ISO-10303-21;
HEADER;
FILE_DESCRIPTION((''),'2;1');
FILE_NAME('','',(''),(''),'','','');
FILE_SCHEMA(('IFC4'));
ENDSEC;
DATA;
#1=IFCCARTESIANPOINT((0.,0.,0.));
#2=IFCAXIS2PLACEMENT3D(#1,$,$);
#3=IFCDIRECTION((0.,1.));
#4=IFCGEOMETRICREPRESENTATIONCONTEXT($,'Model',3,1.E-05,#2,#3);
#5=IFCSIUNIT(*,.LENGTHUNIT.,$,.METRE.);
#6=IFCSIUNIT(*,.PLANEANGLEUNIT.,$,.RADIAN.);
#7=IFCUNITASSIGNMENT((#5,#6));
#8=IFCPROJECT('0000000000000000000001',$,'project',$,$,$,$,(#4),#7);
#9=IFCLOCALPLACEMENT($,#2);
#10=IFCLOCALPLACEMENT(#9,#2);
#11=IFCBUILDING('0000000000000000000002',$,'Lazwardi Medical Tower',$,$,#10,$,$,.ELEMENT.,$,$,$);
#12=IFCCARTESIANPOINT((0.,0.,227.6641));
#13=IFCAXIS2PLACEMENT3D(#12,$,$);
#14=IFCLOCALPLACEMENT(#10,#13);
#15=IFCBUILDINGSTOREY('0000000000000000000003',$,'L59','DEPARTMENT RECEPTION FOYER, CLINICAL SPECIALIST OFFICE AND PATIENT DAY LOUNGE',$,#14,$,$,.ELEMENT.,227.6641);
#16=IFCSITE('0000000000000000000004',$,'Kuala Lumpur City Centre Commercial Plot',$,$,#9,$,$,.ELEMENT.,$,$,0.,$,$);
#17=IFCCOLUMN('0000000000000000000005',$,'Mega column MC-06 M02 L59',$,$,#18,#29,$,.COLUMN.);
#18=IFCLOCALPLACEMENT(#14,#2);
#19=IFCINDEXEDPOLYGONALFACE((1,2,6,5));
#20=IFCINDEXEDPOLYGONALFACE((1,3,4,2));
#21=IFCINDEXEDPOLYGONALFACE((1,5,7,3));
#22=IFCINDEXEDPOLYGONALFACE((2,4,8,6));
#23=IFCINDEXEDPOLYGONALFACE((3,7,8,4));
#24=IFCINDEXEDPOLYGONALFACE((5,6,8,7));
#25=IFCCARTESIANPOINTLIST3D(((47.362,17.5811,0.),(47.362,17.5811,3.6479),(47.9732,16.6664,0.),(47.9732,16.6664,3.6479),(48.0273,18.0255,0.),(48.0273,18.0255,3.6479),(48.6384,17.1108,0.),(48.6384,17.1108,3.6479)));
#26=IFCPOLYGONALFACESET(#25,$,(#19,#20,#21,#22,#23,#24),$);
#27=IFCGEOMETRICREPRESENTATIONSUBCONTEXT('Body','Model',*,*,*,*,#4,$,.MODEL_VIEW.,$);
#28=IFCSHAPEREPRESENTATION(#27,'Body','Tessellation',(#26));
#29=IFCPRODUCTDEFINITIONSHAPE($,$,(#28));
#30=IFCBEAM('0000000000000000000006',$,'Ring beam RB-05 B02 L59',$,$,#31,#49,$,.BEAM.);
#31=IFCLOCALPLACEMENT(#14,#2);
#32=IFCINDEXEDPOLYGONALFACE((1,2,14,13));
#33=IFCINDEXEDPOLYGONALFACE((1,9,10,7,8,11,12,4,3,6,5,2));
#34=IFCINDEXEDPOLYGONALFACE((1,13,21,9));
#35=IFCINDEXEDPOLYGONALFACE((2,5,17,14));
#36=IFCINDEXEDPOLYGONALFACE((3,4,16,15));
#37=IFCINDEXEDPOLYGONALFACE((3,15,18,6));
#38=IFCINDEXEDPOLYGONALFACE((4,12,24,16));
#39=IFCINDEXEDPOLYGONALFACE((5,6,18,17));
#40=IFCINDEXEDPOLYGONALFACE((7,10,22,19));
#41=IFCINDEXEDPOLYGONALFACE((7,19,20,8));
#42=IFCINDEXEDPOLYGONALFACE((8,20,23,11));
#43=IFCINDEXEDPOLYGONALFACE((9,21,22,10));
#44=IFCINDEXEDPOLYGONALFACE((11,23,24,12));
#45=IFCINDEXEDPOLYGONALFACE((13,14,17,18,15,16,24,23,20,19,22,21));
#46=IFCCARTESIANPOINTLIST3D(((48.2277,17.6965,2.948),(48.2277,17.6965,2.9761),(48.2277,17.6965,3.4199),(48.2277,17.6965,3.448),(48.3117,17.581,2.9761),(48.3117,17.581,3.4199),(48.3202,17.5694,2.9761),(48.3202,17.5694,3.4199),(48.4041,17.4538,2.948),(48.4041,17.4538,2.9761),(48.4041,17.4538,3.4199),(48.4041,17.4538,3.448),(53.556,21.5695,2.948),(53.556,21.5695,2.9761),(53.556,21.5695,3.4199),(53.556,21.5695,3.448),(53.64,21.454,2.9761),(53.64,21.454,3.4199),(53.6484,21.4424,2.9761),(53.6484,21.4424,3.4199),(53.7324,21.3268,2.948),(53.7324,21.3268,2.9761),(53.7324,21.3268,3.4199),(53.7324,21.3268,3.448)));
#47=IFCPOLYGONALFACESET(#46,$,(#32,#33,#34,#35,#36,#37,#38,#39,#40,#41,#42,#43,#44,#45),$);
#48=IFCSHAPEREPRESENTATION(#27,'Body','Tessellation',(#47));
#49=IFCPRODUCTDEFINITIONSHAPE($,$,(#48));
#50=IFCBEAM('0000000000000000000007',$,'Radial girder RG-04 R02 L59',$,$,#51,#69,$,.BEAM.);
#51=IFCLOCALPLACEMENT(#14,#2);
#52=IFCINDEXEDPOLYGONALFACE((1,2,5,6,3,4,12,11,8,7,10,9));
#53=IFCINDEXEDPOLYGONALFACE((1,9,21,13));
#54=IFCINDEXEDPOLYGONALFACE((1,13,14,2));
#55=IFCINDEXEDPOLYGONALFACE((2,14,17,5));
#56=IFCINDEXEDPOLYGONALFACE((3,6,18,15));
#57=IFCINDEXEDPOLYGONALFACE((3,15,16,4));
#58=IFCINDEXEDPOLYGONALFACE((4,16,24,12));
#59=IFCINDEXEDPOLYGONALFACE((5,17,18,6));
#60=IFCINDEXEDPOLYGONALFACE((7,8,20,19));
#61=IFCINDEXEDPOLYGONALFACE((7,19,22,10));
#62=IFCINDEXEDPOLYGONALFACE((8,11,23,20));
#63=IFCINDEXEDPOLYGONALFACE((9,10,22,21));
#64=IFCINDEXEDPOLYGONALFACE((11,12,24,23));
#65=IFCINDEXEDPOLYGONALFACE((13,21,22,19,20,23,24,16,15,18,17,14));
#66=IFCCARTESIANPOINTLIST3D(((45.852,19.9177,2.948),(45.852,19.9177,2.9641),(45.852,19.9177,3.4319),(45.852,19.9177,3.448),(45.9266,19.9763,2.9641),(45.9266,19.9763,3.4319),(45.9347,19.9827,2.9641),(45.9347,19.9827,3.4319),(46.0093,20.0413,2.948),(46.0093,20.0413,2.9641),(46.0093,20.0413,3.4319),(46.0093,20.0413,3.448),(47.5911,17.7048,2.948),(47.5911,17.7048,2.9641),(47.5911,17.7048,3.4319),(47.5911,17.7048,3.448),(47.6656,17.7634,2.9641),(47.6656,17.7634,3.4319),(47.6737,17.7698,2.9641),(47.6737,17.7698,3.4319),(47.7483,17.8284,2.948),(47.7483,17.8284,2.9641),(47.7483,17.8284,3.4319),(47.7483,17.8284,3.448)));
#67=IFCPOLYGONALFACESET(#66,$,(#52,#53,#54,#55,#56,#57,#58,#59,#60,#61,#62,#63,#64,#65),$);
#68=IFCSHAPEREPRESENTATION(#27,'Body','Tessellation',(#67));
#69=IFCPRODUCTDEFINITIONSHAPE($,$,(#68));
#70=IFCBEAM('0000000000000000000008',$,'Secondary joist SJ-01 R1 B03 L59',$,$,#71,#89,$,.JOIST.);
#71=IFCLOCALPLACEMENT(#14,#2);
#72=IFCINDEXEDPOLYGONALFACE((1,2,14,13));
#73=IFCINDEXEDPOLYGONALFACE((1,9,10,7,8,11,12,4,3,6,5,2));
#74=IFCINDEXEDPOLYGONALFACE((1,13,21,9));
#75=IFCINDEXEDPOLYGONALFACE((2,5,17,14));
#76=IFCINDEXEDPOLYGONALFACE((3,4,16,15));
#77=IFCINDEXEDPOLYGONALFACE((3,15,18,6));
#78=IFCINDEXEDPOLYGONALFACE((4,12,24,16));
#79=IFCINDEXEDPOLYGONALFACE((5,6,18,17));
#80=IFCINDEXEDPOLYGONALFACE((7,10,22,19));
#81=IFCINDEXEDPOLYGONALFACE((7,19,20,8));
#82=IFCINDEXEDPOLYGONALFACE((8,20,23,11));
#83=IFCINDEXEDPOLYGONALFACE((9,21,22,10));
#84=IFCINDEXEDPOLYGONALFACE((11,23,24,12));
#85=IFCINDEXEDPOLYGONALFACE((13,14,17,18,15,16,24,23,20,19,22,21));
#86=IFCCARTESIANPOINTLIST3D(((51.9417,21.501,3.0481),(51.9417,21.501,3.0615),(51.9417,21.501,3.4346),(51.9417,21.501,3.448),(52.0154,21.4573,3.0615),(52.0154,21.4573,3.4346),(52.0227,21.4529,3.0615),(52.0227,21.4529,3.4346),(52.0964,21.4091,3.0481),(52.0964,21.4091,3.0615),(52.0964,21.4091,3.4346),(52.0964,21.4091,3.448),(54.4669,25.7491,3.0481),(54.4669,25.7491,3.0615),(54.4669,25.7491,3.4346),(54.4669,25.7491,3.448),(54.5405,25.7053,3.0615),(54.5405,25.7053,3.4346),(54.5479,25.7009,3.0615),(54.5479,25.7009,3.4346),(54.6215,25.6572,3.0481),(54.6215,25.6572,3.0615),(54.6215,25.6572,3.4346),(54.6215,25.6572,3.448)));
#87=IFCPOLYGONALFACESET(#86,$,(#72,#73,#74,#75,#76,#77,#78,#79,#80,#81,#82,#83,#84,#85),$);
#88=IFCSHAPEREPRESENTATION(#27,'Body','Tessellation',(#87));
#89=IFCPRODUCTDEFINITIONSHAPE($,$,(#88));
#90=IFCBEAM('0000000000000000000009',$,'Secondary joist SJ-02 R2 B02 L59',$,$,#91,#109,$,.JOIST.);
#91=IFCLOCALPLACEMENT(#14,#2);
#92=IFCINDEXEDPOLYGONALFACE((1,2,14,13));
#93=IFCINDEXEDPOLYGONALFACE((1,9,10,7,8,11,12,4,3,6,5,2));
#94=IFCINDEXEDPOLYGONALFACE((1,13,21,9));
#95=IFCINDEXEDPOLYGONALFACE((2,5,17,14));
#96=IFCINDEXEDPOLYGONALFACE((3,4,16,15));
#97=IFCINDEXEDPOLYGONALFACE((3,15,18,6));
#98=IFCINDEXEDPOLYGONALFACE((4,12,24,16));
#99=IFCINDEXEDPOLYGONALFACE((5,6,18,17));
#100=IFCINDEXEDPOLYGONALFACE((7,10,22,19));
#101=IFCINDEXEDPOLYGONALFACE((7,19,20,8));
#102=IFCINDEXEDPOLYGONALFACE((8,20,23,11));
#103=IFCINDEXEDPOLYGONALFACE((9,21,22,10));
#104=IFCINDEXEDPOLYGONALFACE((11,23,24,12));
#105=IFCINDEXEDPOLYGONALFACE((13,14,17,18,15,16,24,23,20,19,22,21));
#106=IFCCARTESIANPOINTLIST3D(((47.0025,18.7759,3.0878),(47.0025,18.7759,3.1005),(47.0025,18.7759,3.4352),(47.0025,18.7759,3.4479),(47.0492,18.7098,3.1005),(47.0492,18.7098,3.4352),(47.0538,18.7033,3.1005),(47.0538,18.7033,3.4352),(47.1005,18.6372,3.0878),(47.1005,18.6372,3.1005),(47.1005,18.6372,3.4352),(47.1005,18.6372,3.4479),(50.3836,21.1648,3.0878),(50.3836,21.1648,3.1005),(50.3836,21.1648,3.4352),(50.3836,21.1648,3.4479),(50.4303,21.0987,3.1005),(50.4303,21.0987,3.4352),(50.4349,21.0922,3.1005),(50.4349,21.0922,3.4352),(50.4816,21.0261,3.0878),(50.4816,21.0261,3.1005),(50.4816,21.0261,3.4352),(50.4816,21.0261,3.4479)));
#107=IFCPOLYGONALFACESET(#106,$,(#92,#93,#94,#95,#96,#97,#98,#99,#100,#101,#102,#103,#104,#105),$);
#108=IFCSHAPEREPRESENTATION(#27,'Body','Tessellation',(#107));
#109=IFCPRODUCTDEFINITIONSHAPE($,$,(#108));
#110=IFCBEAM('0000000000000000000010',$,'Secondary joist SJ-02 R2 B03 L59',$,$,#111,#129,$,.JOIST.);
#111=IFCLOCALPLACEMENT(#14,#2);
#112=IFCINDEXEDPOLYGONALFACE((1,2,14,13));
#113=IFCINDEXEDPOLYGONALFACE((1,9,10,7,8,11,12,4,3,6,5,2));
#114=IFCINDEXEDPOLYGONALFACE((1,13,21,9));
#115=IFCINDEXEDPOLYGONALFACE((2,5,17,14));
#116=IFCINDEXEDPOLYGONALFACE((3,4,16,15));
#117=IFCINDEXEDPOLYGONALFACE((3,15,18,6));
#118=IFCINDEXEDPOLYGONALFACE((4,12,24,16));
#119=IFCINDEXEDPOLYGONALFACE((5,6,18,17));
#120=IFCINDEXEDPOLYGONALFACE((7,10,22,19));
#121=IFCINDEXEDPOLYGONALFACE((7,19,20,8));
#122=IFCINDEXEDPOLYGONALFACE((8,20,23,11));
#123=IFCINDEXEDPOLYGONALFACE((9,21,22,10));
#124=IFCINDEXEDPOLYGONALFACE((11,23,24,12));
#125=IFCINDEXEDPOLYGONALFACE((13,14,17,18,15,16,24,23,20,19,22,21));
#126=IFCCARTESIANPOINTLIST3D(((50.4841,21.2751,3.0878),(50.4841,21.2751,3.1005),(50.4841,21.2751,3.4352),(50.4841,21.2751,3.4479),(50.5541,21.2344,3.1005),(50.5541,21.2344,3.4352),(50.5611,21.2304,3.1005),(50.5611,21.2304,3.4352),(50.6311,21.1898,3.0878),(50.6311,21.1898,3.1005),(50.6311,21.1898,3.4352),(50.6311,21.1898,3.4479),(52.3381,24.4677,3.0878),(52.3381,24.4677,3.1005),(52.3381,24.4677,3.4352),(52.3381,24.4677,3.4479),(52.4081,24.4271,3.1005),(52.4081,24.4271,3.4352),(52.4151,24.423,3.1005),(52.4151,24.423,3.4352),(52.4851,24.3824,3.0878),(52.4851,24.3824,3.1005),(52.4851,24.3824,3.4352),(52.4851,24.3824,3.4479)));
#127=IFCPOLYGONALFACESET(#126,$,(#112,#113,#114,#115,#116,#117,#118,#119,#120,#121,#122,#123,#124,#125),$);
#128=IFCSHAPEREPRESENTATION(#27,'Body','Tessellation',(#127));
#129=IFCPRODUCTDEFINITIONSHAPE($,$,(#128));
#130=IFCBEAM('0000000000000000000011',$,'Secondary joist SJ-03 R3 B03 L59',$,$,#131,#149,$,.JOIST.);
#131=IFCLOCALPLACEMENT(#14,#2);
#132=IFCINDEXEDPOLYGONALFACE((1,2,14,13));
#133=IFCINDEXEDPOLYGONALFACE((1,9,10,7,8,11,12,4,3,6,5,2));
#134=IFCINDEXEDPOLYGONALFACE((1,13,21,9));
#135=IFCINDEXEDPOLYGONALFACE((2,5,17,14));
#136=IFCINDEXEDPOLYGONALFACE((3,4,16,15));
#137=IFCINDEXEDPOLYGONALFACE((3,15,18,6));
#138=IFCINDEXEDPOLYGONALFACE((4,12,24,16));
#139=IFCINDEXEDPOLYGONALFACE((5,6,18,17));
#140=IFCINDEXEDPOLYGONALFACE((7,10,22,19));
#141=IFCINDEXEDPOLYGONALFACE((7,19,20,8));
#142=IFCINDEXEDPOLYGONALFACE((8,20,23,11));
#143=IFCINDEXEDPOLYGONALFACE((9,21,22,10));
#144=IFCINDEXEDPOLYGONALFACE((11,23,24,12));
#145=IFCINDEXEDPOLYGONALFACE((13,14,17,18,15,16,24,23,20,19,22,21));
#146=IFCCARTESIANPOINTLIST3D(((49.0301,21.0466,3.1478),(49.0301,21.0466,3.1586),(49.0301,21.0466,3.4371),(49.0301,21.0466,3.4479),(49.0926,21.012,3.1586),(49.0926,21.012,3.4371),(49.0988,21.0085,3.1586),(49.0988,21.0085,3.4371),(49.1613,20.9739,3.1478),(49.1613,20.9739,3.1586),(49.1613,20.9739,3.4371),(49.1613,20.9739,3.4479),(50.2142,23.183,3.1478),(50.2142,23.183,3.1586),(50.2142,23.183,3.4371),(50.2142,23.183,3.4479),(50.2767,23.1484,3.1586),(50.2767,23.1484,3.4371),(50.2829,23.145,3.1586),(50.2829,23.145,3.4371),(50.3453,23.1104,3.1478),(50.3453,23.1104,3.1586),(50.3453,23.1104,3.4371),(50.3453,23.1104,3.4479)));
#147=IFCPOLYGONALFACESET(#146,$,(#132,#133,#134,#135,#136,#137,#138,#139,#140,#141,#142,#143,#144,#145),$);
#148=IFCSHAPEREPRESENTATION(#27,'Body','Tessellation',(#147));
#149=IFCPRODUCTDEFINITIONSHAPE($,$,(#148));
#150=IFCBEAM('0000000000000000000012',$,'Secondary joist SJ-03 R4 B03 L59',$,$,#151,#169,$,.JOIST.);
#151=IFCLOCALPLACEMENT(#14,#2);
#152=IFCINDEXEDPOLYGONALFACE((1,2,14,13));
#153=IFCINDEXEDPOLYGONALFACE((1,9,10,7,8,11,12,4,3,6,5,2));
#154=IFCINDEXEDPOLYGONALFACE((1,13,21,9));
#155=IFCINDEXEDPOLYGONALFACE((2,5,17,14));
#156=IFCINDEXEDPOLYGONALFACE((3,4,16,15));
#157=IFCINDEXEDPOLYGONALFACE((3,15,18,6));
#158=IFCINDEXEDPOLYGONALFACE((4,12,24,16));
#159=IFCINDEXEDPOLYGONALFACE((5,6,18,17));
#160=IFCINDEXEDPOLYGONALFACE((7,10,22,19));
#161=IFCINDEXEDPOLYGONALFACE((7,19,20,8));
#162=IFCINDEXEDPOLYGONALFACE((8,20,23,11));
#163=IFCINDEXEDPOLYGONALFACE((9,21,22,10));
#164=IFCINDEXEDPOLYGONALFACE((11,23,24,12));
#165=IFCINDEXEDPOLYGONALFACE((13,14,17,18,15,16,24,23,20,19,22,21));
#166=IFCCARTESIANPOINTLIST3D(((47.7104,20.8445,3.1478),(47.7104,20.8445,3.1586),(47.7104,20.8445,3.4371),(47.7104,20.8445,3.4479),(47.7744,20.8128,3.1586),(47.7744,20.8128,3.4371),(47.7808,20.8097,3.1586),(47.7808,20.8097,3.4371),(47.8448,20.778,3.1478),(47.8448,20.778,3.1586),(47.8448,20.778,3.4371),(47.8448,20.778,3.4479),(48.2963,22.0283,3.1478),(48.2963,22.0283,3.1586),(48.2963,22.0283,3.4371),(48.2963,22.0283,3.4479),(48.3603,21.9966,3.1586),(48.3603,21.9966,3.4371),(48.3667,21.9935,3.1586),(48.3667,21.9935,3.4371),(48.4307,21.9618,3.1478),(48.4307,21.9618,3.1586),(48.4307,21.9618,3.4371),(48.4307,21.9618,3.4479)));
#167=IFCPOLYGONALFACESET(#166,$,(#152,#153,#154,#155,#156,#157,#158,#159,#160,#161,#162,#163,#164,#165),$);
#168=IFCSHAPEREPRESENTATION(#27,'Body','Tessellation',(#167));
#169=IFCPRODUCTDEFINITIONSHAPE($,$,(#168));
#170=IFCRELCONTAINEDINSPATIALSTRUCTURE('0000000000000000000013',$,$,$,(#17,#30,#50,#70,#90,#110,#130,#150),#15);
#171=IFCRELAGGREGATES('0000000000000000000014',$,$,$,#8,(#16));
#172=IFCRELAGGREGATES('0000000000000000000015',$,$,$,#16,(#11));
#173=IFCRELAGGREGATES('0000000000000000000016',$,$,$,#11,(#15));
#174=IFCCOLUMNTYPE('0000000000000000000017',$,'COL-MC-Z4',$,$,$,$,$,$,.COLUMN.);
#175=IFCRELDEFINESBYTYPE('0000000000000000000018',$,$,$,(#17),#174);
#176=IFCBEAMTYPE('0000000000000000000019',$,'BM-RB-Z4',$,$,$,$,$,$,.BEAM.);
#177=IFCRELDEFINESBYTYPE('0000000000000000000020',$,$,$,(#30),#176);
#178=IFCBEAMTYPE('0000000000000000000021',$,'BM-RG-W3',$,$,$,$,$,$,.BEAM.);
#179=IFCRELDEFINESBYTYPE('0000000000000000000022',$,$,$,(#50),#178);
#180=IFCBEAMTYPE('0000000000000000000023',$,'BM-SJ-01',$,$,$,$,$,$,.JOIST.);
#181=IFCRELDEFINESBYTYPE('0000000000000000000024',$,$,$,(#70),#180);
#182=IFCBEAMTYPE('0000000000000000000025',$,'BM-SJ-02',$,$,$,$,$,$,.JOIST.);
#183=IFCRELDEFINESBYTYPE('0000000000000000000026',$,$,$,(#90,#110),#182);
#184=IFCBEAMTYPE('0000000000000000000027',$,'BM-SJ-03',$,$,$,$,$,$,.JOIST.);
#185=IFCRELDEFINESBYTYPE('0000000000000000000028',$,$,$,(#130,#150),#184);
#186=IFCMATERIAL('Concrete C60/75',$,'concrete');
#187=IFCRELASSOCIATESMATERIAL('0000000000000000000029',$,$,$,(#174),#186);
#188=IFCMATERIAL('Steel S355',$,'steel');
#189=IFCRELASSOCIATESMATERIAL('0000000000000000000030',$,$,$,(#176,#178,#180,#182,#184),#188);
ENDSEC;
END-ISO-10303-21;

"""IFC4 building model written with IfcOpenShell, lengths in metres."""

from ifc_helpers import new_model, si_unit, direction, frame, origin, origin_2d, place, context, subcontext, project, spatial, rectangle, i_section, extrude, material, material_profile, profile_set, type_object, element, save


model = new_model("IFC4")

# Units and contexts
model_context = context("Model", 3, precision=1e-05, world=origin(), true_north=direction((0.0, 1.0)))
body_context = subcontext(model_context, "Body", "Model", "MODEL_VIEW")
ifc_project = project(units=[si_unit("LENGTHUNIT", "METRE"), si_unit("PLANEANGLEUNIT", "RADIAN")], contexts=[model_context])

# Site, building, storey
site_placement = place(None, origin())
site = spatial("IfcSite", under=ifc_project, at=site_placement, Name="Kuala Lumpur City Centre Commercial Plot", CompositionType="ELEMENT", RefElevation=0.0)
building_placement = place(site_placement, origin())
building = spatial("IfcBuilding", under=site, at=building_placement, Name="Lazwardi Medical Tower", CompositionType="ELEMENT")
storey_placement = place(building_placement, frame((0.0, 0.0, 227.6641)))
storey = spatial("IfcBuildingStorey", under=building, at=storey_placement, Name="L59", Description="DEPARTMENT RECEPTION FOYER, CLINICAL SPECIALIST OFFICE AND PATIENT DAY LOUNGE", CompositionType="ELEMENT", Elevation=227.6641)

# Column
ifc_material_1 = material(Name="Concrete C60/75", Category="concrete")
ifc_material_profile_1 = material_profile(ifc_material_1, rectangle(XDim=1.1001, YDim=0.8, at=origin_2d()), Name="CFT-RECT 1100x800")
ifc_profile_set_1 = profile_set([ifc_material_profile_1], Name="Concrete C60/75")
column_type = type_object("IfcColumnType", Name="COL-MC-Z4", PredefinedType="COLUMN", material=ifc_profile_set_1)
column_placement = place(storey_placement, frame((48.0002, 17.3459, 0.0), z_axis=(0.0, 0.0, 1.0), x_axis=(0.55557, -0.83147, 0.0)))
element("IfcColumn", 1, at=column_placement, inside=storey, type_object=column_type, Name="Mega column MC-06 M02 L59", PredefinedType="COLUMN", context=body_context, shape_type="SweptSolid", body=[
    extrude(rectangle(XDim=1.1001, YDim=0.8, at=origin_2d()), origin(), (0.0, 0.0, 1.0), 3.6479),
])

# Beams
ifc_material_2 = material(Name="Steel S355", Category="steel")
ifc_material_profile_2 = material_profile(ifc_material_2, i_section(OverallWidth=0.3, OverallDepth=0.5, WebThickness=0.0144, FlangeThickness=0.0281, at=origin_2d()), Name="HEB 500")
ifc_profile_set_2 = profile_set([ifc_material_profile_2], Name="Steel S355")
beam_type_1 = type_object("IfcBeamType", Name="BM-RB-Z4", PredefinedType="BEAM", material=ifc_profile_set_2)
beam_1_placement = place(storey_placement, frame((48.3159, 17.5752, 3.198), z_axis=(0.80889, 0.58796, 0.0), x_axis=(-0.58796, 0.80889, 0.0)))
element("IfcBeam", 2, at=beam_1_placement, inside=storey, type_object=beam_type_1, Name="Ring beam RB-05 B02 L59", PredefinedType="BEAM", context=body_context, shape_type="SweptSolid", body=[
    extrude(i_section(OverallWidth=0.3, OverallDepth=0.5, WebThickness=0.0144, FlangeThickness=0.0281, at=origin_2d()), origin(), (0.0, 0.0, 1.0), 6.5872),
])
ifc_material_profile_3 = material_profile(ifc_material_2, i_section(OverallWidth=0.2, OverallDepth=0.5, WebThickness=0.0103, FlangeThickness=0.0161, at=origin_2d()), Name="IPE 500")
ifc_profile_set_3 = profile_set([ifc_material_profile_3], Name="Steel S355")
beam_type_2 = type_object("IfcBeamType", Name="BM-RG-W3", PredefinedType="BEAM", material=ifc_profile_set_3)
beam_2_placement = place(storey_placement, frame((47.6697, 17.7666, 3.198), z_axis=(-0.617891, 0.786264, 0.0), x_axis=(-0.786264, -0.617891, 0.0)))
element("IfcBeam", 3, at=beam_2_placement, inside=storey, type_object=beam_type_2, Name="Radial girder RG-04 R02 L59", PredefinedType="BEAM", context=body_context, shape_type="SweptSolid", body=[
    extrude(i_section(OverallWidth=0.2, OverallDepth=0.5, WebThickness=0.0103, FlangeThickness=0.0161, at=origin_2d()), origin(), (0.0, 0.0, 1.0), 2.8145),
])
ifc_material_profile_4 = material_profile(ifc_material_2, i_section(OverallWidth=0.1799, OverallDepth=0.3999, WebThickness=0.0085, FlangeThickness=0.0134, at=origin_2d()), Name="IPE 400")
ifc_profile_set_4 = profile_set([ifc_material_profile_4], Name="Steel S355")
beam_type_3 = type_object("IfcBeamType", Name="BM-SJ-01", PredefinedType="JOIST", material=ifc_profile_set_4)
beam_3_placement = place(storey_placement, frame((52.019, 21.4551, 3.248), z_axis=(0.510968, 0.8596, 0.0), x_axis=(-0.8596, 0.510968, 0.0)))
element("IfcBeam", 4, at=beam_3_placement, inside=storey, type_object=beam_type_3, Name="Secondary joist SJ-01 R1 B03 L59", PredefinedType="JOIST", context=body_context, shape_type="SweptSolid", body=[
    extrude(i_section(OverallWidth=0.1799, OverallDepth=0.3999, WebThickness=0.0085, FlangeThickness=0.0134, at=origin_2d()), origin(), (0.0, 0.0, 1.0), 4.9419),
])
ifc_material_profile_5 = material_profile(ifc_material_2, i_section(OverallWidth=0.1699, OverallDepth=0.3601, WebThickness=0.0081, FlangeThickness=0.0127, at=origin_2d()), Name="IPE 360")
ifc_profile_set_5 = profile_set([ifc_material_profile_5], Name="Steel S355")
beam_type_4 = type_object("IfcBeamType", Name="BM-SJ-02", PredefinedType="JOIST", material=ifc_profile_set_5)
beam_4_placement = place(storey_placement, frame((47.0515, 18.7065, 3.2678), z_axis=(0.816711, 0.577047, 0.0), x_axis=(-0.577047, 0.816711, 0.0)))
element("IfcBeam", 5, at=beam_4_placement, inside=storey, type_object=beam_type_4, Name="Secondary joist SJ-02 R2 B02 L59", PredefinedType="JOIST", context=body_context, shape_type="SweptSolid", body=[
    extrude(i_section(OverallWidth=0.1699, OverallDepth=0.3601, WebThickness=0.0081, FlangeThickness=0.0127, at=origin_2d()), origin(), (0.0, 0.0, 1.0), 4.1399),
])
beam_5_placement = place(storey_placement, frame((50.5576, 21.2324, 3.2678), z_axis=(0.50218, 0.864763, 0.0), x_axis=(-0.864763, 0.50218, 0.0)))
element("IfcBeam", 6, at=beam_5_placement, inside=storey, type_object=beam_type_4, Name="Secondary joist SJ-02 R2 B03 L59", PredefinedType="JOIST", context=body_context, shape_type="SweptSolid", body=[
    extrude(i_section(OverallWidth=0.1699, OverallDepth=0.3601, WebThickness=0.0081, FlangeThickness=0.0127, at=origin_2d()), origin(), (0.0, 0.0, 1.0), 3.6919),
])
ifc_material_profile_6 = material_profile(ifc_material_2, i_section(OverallWidth=0.1499, OverallDepth=0.3, WebThickness=0.0071, FlangeThickness=0.0107, at=origin_2d()), Name="IPE 300")
ifc_profile_set_6 = profile_set([ifc_material_profile_6], Name="Steel S355")
beam_type_5 = type_object("IfcBeamType", Name="BM-SJ-03", PredefinedType="JOIST", material=ifc_profile_set_6)
beam_6_placement = place(storey_placement, frame((49.0957, 21.0103, 3.2979), z_axis=(0.484752, 0.874652, 0.0), x_axis=(-0.874652, 0.484752, 0.0)))
element("IfcBeam", 7, at=beam_6_placement, inside=storey, type_object=beam_type_5, Name="Secondary joist SJ-03 R3 B03 L59", PredefinedType="JOIST", context=body_context, shape_type="SweptSolid", body=[
    extrude(i_section(OverallWidth=0.1499, OverallDepth=0.3, WebThickness=0.0071, FlangeThickness=0.0107, at=origin_2d()), origin(), (0.0, 0.0, 1.0), 2.4426),
])
beam_7_placement = place(storey_placement, frame((47.7776, 20.8113, 3.2979), z_axis=(0.443587, 0.896231, 0.0), x_axis=(-0.896231, 0.443587, 0.0)))
element("IfcBeam", 8, at=beam_7_placement, inside=storey, type_object=beam_type_5, Name="Secondary joist SJ-03 R4 B03 L59", PredefinedType="JOIST", context=body_context, shape_type="SweptSolid", body=[
    extrude(i_section(OverallWidth=0.1499, OverallDepth=0.3, WebThickness=0.0071, FlangeThickness=0.0107, at=origin_2d()), origin(), (0.0, 0.0, 1.0), 1.3208),
])

save(model, "model.ifc")
